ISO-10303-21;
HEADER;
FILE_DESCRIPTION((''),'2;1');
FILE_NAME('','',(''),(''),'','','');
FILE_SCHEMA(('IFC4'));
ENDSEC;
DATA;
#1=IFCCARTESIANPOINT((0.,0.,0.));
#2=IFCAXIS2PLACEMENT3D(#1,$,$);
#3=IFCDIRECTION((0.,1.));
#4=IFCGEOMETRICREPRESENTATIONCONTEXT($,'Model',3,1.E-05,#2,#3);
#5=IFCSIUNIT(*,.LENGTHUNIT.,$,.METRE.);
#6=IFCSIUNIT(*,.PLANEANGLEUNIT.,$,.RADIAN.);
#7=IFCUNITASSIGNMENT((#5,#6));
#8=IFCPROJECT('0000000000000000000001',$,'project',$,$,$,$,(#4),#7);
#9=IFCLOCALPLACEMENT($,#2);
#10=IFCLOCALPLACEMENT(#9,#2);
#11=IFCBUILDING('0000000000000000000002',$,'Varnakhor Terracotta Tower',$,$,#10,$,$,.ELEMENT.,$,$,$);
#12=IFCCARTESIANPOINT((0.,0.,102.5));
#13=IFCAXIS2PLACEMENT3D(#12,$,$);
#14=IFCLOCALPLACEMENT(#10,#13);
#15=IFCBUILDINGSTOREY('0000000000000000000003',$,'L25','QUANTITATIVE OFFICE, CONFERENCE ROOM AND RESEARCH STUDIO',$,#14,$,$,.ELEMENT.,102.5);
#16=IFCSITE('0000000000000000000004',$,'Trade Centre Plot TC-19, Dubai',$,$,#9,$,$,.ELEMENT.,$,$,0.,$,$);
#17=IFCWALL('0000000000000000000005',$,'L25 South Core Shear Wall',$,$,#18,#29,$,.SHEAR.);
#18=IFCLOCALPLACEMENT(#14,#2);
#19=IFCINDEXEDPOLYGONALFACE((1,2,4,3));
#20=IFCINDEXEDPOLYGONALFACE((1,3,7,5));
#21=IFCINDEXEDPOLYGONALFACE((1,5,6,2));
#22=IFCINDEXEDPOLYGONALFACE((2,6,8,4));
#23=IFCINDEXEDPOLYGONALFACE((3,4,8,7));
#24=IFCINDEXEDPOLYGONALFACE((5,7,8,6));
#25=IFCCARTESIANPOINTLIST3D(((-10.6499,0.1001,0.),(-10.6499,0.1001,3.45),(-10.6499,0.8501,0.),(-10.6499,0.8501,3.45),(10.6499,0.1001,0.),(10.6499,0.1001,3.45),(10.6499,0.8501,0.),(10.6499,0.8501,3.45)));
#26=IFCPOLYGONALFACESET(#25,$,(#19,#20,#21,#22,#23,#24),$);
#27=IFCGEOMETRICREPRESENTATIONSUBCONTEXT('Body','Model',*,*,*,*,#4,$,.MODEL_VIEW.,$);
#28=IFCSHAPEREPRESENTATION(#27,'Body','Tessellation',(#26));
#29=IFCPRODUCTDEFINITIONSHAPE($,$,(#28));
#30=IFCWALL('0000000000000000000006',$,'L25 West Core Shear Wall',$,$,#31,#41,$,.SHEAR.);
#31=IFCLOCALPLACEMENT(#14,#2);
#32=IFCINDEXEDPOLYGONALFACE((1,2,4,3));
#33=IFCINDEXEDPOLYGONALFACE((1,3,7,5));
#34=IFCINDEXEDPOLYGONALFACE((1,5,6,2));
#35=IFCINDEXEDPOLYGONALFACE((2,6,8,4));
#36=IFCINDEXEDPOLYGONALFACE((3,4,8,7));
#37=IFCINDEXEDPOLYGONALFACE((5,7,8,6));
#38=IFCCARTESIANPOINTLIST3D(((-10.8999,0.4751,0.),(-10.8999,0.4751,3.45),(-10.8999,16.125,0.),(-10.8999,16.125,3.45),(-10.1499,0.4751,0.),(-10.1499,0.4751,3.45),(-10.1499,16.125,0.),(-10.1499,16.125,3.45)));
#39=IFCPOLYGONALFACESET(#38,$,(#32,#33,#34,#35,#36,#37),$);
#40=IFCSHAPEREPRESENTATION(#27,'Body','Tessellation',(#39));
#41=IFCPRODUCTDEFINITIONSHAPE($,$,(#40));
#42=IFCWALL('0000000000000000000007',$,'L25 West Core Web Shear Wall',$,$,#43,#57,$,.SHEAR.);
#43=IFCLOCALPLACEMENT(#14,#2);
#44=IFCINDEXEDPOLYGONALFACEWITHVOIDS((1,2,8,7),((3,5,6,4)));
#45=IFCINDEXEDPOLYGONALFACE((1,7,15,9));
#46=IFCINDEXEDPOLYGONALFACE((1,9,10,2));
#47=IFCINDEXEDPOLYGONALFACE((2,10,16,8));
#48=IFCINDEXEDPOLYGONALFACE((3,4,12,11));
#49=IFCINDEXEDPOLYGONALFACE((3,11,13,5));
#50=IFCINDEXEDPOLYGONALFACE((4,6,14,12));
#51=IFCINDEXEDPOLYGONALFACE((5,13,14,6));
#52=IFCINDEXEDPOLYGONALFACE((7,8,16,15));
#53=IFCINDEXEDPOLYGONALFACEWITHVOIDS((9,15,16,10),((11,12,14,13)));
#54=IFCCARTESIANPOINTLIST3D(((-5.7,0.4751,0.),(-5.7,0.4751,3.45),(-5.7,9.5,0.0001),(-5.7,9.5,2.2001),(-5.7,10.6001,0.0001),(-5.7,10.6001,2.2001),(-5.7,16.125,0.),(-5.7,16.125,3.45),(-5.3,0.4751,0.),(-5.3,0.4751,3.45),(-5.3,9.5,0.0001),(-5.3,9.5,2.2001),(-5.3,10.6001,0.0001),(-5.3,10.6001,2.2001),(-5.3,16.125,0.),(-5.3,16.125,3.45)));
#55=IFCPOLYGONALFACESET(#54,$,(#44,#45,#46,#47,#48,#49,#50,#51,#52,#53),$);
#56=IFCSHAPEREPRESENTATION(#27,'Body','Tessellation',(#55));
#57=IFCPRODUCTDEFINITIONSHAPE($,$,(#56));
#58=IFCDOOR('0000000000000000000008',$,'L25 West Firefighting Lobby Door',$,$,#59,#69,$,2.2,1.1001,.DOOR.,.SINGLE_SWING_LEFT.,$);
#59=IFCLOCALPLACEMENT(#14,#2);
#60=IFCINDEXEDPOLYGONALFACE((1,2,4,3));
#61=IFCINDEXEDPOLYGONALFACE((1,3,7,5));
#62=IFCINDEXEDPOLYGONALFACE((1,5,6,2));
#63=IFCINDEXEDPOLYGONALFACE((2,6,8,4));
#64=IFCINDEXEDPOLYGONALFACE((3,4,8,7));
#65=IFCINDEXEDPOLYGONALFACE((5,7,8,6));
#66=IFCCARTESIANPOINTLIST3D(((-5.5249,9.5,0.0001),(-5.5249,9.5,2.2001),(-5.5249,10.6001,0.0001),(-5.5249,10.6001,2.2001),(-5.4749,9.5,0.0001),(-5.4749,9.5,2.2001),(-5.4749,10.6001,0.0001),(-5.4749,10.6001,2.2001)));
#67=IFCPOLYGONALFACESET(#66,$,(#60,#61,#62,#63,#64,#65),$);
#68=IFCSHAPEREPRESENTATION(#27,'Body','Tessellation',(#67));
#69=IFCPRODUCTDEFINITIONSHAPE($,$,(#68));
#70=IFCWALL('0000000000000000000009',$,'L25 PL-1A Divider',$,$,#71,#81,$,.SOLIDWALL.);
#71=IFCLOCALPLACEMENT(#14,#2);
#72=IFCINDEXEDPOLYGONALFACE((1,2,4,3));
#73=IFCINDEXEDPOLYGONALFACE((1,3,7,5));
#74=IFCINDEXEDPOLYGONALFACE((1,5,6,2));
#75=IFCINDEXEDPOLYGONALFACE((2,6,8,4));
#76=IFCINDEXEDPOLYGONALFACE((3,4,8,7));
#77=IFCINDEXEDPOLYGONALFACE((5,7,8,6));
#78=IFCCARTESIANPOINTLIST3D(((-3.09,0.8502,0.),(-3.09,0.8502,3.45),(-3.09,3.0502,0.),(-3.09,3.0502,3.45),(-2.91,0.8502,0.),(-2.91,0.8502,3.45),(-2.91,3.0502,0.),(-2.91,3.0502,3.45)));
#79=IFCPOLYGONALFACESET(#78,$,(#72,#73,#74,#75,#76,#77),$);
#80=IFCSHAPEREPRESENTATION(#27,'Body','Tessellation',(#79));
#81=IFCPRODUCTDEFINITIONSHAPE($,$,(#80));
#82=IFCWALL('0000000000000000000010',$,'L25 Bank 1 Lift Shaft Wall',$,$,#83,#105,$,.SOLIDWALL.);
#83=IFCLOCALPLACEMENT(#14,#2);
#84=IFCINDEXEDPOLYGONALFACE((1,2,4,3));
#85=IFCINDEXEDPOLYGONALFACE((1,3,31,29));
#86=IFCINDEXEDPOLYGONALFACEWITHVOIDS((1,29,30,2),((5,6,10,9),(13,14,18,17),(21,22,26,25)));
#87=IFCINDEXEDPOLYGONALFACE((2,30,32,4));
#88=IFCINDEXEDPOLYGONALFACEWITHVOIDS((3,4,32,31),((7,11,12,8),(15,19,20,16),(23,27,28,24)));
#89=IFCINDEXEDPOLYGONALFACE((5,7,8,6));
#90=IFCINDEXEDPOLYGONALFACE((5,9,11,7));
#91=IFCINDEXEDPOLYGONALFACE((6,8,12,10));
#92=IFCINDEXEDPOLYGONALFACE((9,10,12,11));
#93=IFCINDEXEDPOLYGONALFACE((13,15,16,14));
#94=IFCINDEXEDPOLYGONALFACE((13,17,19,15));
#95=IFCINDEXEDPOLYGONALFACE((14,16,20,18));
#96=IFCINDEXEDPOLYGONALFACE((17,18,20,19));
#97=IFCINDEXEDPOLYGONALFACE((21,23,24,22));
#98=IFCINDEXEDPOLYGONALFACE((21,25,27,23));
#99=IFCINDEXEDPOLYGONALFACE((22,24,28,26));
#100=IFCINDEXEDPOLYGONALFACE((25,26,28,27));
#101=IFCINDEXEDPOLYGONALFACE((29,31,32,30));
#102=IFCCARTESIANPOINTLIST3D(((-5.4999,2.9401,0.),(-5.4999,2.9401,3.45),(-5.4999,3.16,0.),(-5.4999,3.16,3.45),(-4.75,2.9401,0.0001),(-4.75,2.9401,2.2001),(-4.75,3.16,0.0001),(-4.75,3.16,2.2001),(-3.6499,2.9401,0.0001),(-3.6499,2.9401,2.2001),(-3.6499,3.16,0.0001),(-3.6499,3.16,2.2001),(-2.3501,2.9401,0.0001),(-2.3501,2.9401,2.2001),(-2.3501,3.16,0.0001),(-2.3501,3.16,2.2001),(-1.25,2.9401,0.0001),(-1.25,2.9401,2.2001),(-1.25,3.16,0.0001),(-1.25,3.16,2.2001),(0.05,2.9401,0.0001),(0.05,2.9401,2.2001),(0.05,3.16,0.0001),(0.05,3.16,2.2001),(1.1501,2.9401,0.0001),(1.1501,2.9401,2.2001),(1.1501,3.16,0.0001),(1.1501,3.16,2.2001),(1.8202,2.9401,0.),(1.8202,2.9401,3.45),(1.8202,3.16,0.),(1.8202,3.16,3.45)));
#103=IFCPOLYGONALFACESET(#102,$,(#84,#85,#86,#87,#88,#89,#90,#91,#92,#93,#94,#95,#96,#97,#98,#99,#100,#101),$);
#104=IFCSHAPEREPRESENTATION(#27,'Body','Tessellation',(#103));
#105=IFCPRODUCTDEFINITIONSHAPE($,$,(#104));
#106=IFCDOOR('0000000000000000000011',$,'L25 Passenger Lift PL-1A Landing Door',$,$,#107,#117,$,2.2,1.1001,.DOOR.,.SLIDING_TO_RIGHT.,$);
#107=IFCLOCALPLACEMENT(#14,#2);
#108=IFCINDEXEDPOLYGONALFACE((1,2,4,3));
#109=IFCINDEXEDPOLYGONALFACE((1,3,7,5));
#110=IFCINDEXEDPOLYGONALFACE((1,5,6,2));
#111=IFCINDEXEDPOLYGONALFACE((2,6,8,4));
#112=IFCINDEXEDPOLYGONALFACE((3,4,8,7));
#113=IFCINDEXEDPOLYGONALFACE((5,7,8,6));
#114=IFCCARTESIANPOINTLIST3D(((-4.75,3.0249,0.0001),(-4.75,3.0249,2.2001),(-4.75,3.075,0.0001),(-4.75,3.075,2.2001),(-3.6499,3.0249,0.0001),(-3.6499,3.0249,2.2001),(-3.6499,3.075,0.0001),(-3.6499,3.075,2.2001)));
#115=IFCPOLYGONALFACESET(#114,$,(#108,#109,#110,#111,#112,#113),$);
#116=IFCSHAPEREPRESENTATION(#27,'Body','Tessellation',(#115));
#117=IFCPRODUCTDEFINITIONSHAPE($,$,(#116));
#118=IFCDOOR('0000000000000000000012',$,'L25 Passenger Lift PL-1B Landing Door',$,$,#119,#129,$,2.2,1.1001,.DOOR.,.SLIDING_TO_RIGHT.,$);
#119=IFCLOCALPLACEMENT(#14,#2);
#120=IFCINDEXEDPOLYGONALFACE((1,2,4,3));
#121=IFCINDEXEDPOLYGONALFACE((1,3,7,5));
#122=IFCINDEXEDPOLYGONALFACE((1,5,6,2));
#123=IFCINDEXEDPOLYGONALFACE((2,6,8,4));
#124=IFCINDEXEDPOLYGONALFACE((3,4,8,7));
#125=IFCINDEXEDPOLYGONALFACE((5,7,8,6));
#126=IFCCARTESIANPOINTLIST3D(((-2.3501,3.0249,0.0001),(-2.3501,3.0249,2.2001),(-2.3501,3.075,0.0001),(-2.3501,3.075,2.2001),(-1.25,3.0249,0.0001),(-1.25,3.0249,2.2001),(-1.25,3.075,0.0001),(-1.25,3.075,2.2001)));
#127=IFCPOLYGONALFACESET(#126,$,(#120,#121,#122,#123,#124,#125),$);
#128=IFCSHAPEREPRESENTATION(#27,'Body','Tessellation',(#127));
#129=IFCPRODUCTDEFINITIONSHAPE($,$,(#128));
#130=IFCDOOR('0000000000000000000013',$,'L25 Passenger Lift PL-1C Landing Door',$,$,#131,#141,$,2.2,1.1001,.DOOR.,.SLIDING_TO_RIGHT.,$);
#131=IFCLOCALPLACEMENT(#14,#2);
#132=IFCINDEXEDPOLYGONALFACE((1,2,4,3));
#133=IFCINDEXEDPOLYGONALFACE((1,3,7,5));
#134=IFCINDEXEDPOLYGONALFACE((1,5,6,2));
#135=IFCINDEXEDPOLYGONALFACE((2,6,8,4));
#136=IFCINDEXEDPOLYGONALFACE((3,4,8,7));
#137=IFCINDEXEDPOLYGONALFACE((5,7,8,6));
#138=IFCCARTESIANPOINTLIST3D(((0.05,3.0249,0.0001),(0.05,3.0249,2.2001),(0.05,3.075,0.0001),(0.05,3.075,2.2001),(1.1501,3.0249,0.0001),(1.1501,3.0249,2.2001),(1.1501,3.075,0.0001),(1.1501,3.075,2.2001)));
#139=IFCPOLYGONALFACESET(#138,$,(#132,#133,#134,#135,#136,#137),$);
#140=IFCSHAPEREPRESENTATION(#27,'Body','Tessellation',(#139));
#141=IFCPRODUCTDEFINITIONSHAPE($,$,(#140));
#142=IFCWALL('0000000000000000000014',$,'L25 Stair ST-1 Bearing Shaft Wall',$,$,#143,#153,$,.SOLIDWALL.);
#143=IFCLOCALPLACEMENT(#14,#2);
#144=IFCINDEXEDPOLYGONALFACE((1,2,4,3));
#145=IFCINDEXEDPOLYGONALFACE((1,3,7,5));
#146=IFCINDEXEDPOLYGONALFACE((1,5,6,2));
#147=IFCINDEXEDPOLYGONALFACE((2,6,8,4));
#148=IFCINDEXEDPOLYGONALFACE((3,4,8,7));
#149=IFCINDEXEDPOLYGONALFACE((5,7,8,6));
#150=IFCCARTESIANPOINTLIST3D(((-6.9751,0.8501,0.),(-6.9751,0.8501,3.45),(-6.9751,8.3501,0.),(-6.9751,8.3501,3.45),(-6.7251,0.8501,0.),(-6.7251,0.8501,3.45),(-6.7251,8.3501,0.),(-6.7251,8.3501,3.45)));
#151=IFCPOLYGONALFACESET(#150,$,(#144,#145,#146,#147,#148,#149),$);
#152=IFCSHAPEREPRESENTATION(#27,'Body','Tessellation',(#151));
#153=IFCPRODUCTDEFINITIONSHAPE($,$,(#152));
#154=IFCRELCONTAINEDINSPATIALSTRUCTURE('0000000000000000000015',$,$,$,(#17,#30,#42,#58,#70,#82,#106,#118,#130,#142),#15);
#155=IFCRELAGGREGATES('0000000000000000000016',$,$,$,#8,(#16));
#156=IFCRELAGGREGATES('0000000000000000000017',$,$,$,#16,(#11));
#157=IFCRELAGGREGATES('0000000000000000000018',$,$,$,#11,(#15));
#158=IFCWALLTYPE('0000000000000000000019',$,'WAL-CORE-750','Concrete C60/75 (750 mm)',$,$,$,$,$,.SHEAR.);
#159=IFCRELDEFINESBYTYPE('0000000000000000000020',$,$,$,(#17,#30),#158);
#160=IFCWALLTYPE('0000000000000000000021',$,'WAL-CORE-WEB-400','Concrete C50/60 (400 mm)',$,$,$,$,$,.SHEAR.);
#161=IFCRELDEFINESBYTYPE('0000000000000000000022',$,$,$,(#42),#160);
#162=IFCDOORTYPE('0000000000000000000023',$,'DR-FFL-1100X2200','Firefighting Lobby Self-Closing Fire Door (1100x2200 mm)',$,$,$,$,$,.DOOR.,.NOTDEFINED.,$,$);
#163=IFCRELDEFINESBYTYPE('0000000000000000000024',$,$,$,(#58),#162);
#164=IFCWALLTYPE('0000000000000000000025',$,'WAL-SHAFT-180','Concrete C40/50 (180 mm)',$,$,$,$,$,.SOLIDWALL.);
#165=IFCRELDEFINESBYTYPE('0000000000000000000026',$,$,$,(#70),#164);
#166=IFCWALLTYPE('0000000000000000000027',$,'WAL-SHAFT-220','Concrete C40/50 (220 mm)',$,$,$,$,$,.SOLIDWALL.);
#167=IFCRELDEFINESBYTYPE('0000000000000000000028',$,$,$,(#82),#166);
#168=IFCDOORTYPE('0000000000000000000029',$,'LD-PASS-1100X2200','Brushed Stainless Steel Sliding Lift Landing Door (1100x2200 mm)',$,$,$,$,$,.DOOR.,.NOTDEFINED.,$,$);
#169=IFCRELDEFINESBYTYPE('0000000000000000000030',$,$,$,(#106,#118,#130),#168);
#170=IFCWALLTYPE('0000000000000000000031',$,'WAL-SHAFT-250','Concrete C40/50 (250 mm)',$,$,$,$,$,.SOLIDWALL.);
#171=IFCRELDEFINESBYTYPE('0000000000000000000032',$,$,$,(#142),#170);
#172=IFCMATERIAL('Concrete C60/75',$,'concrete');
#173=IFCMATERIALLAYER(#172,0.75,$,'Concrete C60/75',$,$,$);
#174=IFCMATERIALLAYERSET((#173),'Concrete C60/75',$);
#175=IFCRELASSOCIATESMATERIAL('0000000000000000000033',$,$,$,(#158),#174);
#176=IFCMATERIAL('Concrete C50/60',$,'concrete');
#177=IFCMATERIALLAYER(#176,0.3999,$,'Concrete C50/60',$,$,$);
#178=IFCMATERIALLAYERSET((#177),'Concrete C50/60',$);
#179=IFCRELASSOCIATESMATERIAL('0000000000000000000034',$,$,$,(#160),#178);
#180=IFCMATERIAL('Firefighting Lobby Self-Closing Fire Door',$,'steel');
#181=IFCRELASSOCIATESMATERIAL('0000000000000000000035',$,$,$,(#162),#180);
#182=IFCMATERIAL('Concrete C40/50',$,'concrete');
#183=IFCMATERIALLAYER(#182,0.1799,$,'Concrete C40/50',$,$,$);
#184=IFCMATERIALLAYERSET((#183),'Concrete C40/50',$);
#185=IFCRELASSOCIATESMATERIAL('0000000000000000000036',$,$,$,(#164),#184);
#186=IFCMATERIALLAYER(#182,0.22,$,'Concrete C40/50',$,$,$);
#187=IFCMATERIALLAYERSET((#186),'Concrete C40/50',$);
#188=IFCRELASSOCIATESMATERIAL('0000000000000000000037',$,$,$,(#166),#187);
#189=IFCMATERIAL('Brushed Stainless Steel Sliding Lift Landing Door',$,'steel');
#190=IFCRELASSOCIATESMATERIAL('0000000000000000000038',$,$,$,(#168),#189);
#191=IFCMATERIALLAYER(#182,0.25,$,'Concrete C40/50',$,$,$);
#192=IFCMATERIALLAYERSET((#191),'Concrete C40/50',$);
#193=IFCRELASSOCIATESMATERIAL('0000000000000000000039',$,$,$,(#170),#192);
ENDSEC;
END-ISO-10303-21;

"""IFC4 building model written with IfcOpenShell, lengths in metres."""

from ifc_helpers import new_model, si_unit, direction, frame, frame_2d, origin, place, context, subcontext, project, spatial, rectangle, extrude, source, transform, mapped, material, layer, layer_set, type_object, type_shapes, element, fill, save


model = new_model("IFC4")

# Units and contexts
model_context = context("Model", 3, precision=1e-05, world=origin(), true_north=direction((0.0, 1.0)))
body_context = subcontext(model_context, "Body", "Model", "MODEL_VIEW")
ifc_project = project(units=[si_unit("LENGTHUNIT", "METRE"), si_unit("PLANEANGLEUNIT", "RADIAN")], contexts=[model_context])

# Site, building, storey
site_placement = place(None, origin())
site = spatial("IfcSite", under=ifc_project, at=site_placement, Name="Trade Centre Plot TC-19, Dubai", CompositionType="ELEMENT", RefElevation=0.0)
building_placement = place(site_placement, origin())
building = spatial("IfcBuilding", under=site, at=building_placement, Name="Varnakhor Terracotta Tower", CompositionType="ELEMENT")
storey_placement = place(building_placement, frame((0.0, 0.0, 102.5)))
storey = spatial("IfcBuildingStorey", under=building, at=storey_placement, Name="L25", Description="QUANTITATIVE OFFICE, CONFERENCE ROOM AND RESEARCH STUDIO", CompositionType="ELEMENT", Elevation=102.5)

# Shared definitions
ifc_material_1 = material(Name="Concrete C50/60", Category="concrete")

# Walls
ifc_material_2 = material(Name="Concrete C60/75", Category="concrete")
ifc_layer_1 = layer(ifc_material_2, 0.75, Name="Concrete C60/75")
ifc_layer_set_1 = layer_set([ifc_layer_1], Name="Concrete C60/75")
wall_type_1 = type_object("IfcWallType", Name="WAL-CORE-750", Description="Concrete C60/75 (750 mm)", PredefinedType="SHEAR", material=ifc_layer_set_1)
wall_1_placement = place(storey_placement, frame((-10.6499, 0.4751, 0.0), z_axis=(0.0, 0.0, 1.0), x_axis=(1.0, 0.0, 0.0)))
element("IfcWall", 1, at=wall_1_placement, inside=storey, type_object=wall_type_1, Name="L25 South Core Shear Wall", PredefinedType="SHEAR", context=body_context, shape_type="SweptSolid", body=[
    extrude(rectangle(XDim=21.2998, YDim=0.75, at=frame_2d((10.6499, 0.0))), origin(), (0.0, 0.0, 1.0), 3.45),
])
wall_2_placement = place(storey_placement, frame((-10.5249, 0.4751, 0.0), z_axis=(0.0, 0.0, 1.0), x_axis=(0.0, 1.0, 0.0)))
element("IfcWall", 2, at=wall_2_placement, inside=storey, type_object=wall_type_1, Name="L25 West Core Shear Wall", PredefinedType="SHEAR", context=body_context, shape_type="SweptSolid", body=[
    extrude(rectangle(XDim=15.6499, YDim=0.75, at=frame_2d((7.825, 0.0))), origin(), (0.0, 0.0, 1.0), 3.45),
])

# Wall, opening, door
ifc_layer_2 = layer(ifc_material_1, 0.3999, Name="Concrete C50/60")
ifc_layer_set_2 = layer_set([ifc_layer_2], Name="Concrete C50/60")
wall_type_2 = type_object("IfcWallType", Name="WAL-CORE-WEB-400", Description="Concrete C50/60 (400 mm)", PredefinedType="SHEAR", material=ifc_layer_set_2)
wall_3_placement = place(storey_placement, frame((-5.5, 0.4751, 0.0), z_axis=(0.0, 0.0, 1.0), x_axis=(0.0, 1.0, 0.0)))
wall_3 = element("IfcWall", 3, at=wall_3_placement, inside=storey, type_object=wall_type_2, Name="L25 West Core Web Shear Wall", PredefinedType="SHEAR", context=body_context, shape_type="SweptSolid", body=[
    extrude(rectangle(XDim=15.6499, YDim=0.3999, at=frame_2d((7.825, 0.0))), origin(), (0.0, 0.0, 1.0), 3.45),
])
opening_1_placement = place(wall_3_placement, frame((9.0249, 0.0, 0.0)))
opening_1 = element("IfcOpeningElement", 4, at=opening_1_placement, cuts=wall_3, PredefinedType="OPENING", context=body_context, shape_type="SweptSolid", body=[
    extrude(rectangle(XDim=1.1001, YDim=2.2, at=frame_2d((0.55, 1.1001))), frame((0.0, 0.21, 0.0), z_axis=(0.0, -1.0, 0.0), x_axis=(1.0, 0.0, 0.0)), (0.0, 0.0, 1.0), 0.4199),
])
ifc_material_3 = material(Name="Firefighting Lobby Self-Closing Fire Door", Category="steel")
door_type_1 = type_object("IfcDoorType", Name="DR-FFL-1100X2200", Description="Firefighting Lobby Self-Closing Fire Door (1100x2200 mm)", OperationType="NOTDEFINED", PredefinedType="DOOR", material=ifc_material_3)
shared_shape_1 = source(origin(), body_context, "Body", "SweptSolid", [
    extrude(rectangle(XDim=1.1001, YDim=2.2, at=frame_2d((0.55, 1.1001))), frame((0.0, 0.0249, 0.0), z_axis=(0.0, -1.0, 0.0), x_axis=(1.0, 0.0, 0.0)), (0.0, 0.0, 1.0), 0.05),
])
type_shapes(door_type_1, [shared_shape_1])
door_1_placement = place(opening_1_placement, origin())
door_1 = element("IfcDoor", 5, at=door_1_placement, inside=storey, type_object=door_type_1, Name="L25 West Firefighting Lobby Door", OperationType="SINGLE_SWING_LEFT", OverallHeight=2.2, OverallWidth=1.1001, PredefinedType="DOOR", context=body_context, shape_type="MappedRepresentation", body=[
    mapped(shared_shape_1, transform((0.0, 0.0, 0.0), scale=1.0)),
])
fill(opening_1, door_1)

# Wall
ifc_material_4 = material(Name="Concrete C40/50", Category="concrete")
ifc_layer_3 = layer(ifc_material_4, 0.1799, Name="Concrete C40/50")
ifc_layer_set_3 = layer_set([ifc_layer_3], Name="Concrete C40/50")
wall_type_3 = type_object("IfcWallType", Name="WAL-SHAFT-180", Description="Concrete C40/50 (180 mm)", PredefinedType="SOLIDWALL", material=ifc_layer_set_3)
wall_4_placement = place(storey_placement, frame((-3.0, 0.8501, 0.0), z_axis=(0.0, 0.0, 1.0), x_axis=(0.0, 1.0, 0.0)))
element("IfcWall", 6, at=wall_4_placement, inside=storey, type_object=wall_type_3, Name="L25 PL-1A Divider", PredefinedType="SOLIDWALL", context=body_context, shape_type="SweptSolid", body=[
    extrude(rectangle(XDim=2.2, YDim=0.1799, at=frame_2d((1.1001, 0.0))), origin(), (0.0, 0.0, 1.0), 3.45),
])

# Wall, openings, doors
ifc_layer_4 = layer(ifc_material_4, 0.22, Name="Concrete C40/50")
ifc_layer_set_4 = layer_set([ifc_layer_4], Name="Concrete C40/50")
wall_type_4 = type_object("IfcWallType", Name="WAL-SHAFT-220", Description="Concrete C40/50 (220 mm)", PredefinedType="SOLIDWALL", material=ifc_layer_set_4)
wall_5_placement = place(storey_placement, frame((-5.5, 3.05, 0.0), z_axis=(0.0, 0.0, 1.0), x_axis=(1.0, 0.0, 0.0)))
wall_5 = element("IfcWall", 7, at=wall_5_placement, inside=storey, type_object=wall_type_4, Name="L25 Bank 1 Lift Shaft Wall", PredefinedType="SOLIDWALL", context=body_context, shape_type="SweptSolid", body=[
    extrude(rectangle(XDim=7.3201, YDim=0.22, at=frame_2d((3.6602, 0.0))), origin(), (0.0, 0.0, 1.0), 3.45),
])
opening_2_placement = place(wall_5_placement, frame((0.75, 0.0, 0.0)))
opening_2 = element("IfcOpeningElement", 8, at=opening_2_placement, cuts=wall_5, PredefinedType="OPENING", context=body_context, shape_type="SweptSolid", body=[
    extrude(rectangle(XDim=1.1001, YDim=2.2, at=frame_2d((0.55, 1.1001))), frame((0.0, 0.1201, 0.0), z_axis=(0.0, -1.0, 0.0), x_axis=(1.0, 0.0, 0.0)), (0.0, 0.0, 1.0), 0.24),
])
opening_3_placement = place(wall_5_placement, frame((3.1499, 0.0, 0.0)))
opening_3 = element("IfcOpeningElement", 9, at=opening_3_placement, cuts=wall_5, PredefinedType="OPENING", context=body_context, shape_type="SweptSolid", body=[
    extrude(rectangle(XDim=1.1001, YDim=2.2, at=frame_2d((0.55, 1.1001))), frame((0.0, 0.1201, 0.0), z_axis=(0.0, -1.0, 0.0), x_axis=(1.0, 0.0, 0.0)), (0.0, 0.0, 1.0), 0.24),
])
opening_4_placement = place(wall_5_placement, frame((5.55, 0.0, 0.0)))
opening_4 = element("IfcOpeningElement", 10, at=opening_4_placement, cuts=wall_5, PredefinedType="OPENING", context=body_context, shape_type="SweptSolid", body=[
    extrude(rectangle(XDim=1.1001, YDim=2.2, at=frame_2d((0.55, 1.1001))), frame((0.0, 0.1201, 0.0), z_axis=(0.0, -1.0, 0.0), x_axis=(1.0, 0.0, 0.0)), (0.0, 0.0, 1.0), 0.24),
])
ifc_material_5 = material(Name="Brushed Stainless Steel Sliding Lift Landing Door", Category="steel")
door_type_2 = type_object("IfcDoorType", Name="LD-PASS-1100X2200", Description="Brushed Stainless Steel Sliding Lift Landing Door (1100x2200 mm)", OperationType="NOTDEFINED", PredefinedType="DOOR", material=ifc_material_5)
shared_shape_2 = source(origin(), body_context, "Body", "SweptSolid", [
    extrude(rectangle(XDim=1.1001, YDim=2.2, at=frame_2d((0.55, 1.1001))), frame((0.0, 0.0249, 0.0), z_axis=(0.0, -1.0, 0.0), x_axis=(1.0, 0.0, 0.0)), (0.0, 0.0, 1.0), 0.05),
])
type_shapes(door_type_2, [shared_shape_2])
door_2_placement = place(opening_2_placement, origin())
door_2 = element("IfcDoor", 11, at=door_2_placement, inside=storey, type_object=door_type_2, Name="L25 Passenger Lift PL-1A Landing Door", OperationType="SLIDING_TO_RIGHT", OverallHeight=2.2, OverallWidth=1.1001, PredefinedType="DOOR", context=body_context, shape_type="MappedRepresentation", body=[
    mapped(shared_shape_2, transform((0.0, 0.0, 0.0), scale=1.0)),
])
fill(opening_2, door_2)
door_3_placement = place(opening_3_placement, origin())
door_3 = element("IfcDoor", 12, at=door_3_placement, inside=storey, type_object=door_type_2, Name="L25 Passenger Lift PL-1B Landing Door", OperationType="SLIDING_TO_RIGHT", OverallHeight=2.2, OverallWidth=1.1001, PredefinedType="DOOR", context=body_context, shape_type="MappedRepresentation", body=[
    mapped(shared_shape_2, transform((0.0, 0.0, 0.0), scale=1.0)),
])
fill(opening_3, door_3)
door_4_placement = place(opening_4_placement, origin())
door_4 = element("IfcDoor", 13, at=door_4_placement, inside=storey, type_object=door_type_2, Name="L25 Passenger Lift PL-1C Landing Door", OperationType="SLIDING_TO_RIGHT", OverallHeight=2.2, OverallWidth=1.1001, PredefinedType="DOOR", context=body_context, shape_type="MappedRepresentation", body=[
    mapped(shared_shape_2, transform((0.0, 0.0, 0.0), scale=1.0)),
])
fill(opening_4, door_4)

# Wall
ifc_layer_5 = layer(ifc_material_4, 0.25, Name="Concrete C40/50")
ifc_layer_set_5 = layer_set([ifc_layer_5], Name="Concrete C40/50")
wall_type_5 = type_object("IfcWallType", Name="WAL-SHAFT-250", Description="Concrete C40/50 (250 mm)", PredefinedType="SOLIDWALL", material=ifc_layer_set_5)
wall_6_placement = place(storey_placement, frame((-6.8501, 0.8501, 0.0), z_axis=(0.0, 0.0, 1.0), x_axis=(0.0, 1.0, 0.0)))
element("IfcWall", 14, at=wall_6_placement, inside=storey, type_object=wall_type_5, Name="L25 Stair ST-1 Bearing Shaft Wall", PredefinedType="SOLIDWALL", context=body_context, shape_type="SweptSolid", body=[
    extrude(rectangle(XDim=7.5, YDim=0.25, at=frame_2d((3.75, 0.0))), origin(), (0.0, 0.0, 1.0), 3.45),
])

save(model, "model.ifc")
